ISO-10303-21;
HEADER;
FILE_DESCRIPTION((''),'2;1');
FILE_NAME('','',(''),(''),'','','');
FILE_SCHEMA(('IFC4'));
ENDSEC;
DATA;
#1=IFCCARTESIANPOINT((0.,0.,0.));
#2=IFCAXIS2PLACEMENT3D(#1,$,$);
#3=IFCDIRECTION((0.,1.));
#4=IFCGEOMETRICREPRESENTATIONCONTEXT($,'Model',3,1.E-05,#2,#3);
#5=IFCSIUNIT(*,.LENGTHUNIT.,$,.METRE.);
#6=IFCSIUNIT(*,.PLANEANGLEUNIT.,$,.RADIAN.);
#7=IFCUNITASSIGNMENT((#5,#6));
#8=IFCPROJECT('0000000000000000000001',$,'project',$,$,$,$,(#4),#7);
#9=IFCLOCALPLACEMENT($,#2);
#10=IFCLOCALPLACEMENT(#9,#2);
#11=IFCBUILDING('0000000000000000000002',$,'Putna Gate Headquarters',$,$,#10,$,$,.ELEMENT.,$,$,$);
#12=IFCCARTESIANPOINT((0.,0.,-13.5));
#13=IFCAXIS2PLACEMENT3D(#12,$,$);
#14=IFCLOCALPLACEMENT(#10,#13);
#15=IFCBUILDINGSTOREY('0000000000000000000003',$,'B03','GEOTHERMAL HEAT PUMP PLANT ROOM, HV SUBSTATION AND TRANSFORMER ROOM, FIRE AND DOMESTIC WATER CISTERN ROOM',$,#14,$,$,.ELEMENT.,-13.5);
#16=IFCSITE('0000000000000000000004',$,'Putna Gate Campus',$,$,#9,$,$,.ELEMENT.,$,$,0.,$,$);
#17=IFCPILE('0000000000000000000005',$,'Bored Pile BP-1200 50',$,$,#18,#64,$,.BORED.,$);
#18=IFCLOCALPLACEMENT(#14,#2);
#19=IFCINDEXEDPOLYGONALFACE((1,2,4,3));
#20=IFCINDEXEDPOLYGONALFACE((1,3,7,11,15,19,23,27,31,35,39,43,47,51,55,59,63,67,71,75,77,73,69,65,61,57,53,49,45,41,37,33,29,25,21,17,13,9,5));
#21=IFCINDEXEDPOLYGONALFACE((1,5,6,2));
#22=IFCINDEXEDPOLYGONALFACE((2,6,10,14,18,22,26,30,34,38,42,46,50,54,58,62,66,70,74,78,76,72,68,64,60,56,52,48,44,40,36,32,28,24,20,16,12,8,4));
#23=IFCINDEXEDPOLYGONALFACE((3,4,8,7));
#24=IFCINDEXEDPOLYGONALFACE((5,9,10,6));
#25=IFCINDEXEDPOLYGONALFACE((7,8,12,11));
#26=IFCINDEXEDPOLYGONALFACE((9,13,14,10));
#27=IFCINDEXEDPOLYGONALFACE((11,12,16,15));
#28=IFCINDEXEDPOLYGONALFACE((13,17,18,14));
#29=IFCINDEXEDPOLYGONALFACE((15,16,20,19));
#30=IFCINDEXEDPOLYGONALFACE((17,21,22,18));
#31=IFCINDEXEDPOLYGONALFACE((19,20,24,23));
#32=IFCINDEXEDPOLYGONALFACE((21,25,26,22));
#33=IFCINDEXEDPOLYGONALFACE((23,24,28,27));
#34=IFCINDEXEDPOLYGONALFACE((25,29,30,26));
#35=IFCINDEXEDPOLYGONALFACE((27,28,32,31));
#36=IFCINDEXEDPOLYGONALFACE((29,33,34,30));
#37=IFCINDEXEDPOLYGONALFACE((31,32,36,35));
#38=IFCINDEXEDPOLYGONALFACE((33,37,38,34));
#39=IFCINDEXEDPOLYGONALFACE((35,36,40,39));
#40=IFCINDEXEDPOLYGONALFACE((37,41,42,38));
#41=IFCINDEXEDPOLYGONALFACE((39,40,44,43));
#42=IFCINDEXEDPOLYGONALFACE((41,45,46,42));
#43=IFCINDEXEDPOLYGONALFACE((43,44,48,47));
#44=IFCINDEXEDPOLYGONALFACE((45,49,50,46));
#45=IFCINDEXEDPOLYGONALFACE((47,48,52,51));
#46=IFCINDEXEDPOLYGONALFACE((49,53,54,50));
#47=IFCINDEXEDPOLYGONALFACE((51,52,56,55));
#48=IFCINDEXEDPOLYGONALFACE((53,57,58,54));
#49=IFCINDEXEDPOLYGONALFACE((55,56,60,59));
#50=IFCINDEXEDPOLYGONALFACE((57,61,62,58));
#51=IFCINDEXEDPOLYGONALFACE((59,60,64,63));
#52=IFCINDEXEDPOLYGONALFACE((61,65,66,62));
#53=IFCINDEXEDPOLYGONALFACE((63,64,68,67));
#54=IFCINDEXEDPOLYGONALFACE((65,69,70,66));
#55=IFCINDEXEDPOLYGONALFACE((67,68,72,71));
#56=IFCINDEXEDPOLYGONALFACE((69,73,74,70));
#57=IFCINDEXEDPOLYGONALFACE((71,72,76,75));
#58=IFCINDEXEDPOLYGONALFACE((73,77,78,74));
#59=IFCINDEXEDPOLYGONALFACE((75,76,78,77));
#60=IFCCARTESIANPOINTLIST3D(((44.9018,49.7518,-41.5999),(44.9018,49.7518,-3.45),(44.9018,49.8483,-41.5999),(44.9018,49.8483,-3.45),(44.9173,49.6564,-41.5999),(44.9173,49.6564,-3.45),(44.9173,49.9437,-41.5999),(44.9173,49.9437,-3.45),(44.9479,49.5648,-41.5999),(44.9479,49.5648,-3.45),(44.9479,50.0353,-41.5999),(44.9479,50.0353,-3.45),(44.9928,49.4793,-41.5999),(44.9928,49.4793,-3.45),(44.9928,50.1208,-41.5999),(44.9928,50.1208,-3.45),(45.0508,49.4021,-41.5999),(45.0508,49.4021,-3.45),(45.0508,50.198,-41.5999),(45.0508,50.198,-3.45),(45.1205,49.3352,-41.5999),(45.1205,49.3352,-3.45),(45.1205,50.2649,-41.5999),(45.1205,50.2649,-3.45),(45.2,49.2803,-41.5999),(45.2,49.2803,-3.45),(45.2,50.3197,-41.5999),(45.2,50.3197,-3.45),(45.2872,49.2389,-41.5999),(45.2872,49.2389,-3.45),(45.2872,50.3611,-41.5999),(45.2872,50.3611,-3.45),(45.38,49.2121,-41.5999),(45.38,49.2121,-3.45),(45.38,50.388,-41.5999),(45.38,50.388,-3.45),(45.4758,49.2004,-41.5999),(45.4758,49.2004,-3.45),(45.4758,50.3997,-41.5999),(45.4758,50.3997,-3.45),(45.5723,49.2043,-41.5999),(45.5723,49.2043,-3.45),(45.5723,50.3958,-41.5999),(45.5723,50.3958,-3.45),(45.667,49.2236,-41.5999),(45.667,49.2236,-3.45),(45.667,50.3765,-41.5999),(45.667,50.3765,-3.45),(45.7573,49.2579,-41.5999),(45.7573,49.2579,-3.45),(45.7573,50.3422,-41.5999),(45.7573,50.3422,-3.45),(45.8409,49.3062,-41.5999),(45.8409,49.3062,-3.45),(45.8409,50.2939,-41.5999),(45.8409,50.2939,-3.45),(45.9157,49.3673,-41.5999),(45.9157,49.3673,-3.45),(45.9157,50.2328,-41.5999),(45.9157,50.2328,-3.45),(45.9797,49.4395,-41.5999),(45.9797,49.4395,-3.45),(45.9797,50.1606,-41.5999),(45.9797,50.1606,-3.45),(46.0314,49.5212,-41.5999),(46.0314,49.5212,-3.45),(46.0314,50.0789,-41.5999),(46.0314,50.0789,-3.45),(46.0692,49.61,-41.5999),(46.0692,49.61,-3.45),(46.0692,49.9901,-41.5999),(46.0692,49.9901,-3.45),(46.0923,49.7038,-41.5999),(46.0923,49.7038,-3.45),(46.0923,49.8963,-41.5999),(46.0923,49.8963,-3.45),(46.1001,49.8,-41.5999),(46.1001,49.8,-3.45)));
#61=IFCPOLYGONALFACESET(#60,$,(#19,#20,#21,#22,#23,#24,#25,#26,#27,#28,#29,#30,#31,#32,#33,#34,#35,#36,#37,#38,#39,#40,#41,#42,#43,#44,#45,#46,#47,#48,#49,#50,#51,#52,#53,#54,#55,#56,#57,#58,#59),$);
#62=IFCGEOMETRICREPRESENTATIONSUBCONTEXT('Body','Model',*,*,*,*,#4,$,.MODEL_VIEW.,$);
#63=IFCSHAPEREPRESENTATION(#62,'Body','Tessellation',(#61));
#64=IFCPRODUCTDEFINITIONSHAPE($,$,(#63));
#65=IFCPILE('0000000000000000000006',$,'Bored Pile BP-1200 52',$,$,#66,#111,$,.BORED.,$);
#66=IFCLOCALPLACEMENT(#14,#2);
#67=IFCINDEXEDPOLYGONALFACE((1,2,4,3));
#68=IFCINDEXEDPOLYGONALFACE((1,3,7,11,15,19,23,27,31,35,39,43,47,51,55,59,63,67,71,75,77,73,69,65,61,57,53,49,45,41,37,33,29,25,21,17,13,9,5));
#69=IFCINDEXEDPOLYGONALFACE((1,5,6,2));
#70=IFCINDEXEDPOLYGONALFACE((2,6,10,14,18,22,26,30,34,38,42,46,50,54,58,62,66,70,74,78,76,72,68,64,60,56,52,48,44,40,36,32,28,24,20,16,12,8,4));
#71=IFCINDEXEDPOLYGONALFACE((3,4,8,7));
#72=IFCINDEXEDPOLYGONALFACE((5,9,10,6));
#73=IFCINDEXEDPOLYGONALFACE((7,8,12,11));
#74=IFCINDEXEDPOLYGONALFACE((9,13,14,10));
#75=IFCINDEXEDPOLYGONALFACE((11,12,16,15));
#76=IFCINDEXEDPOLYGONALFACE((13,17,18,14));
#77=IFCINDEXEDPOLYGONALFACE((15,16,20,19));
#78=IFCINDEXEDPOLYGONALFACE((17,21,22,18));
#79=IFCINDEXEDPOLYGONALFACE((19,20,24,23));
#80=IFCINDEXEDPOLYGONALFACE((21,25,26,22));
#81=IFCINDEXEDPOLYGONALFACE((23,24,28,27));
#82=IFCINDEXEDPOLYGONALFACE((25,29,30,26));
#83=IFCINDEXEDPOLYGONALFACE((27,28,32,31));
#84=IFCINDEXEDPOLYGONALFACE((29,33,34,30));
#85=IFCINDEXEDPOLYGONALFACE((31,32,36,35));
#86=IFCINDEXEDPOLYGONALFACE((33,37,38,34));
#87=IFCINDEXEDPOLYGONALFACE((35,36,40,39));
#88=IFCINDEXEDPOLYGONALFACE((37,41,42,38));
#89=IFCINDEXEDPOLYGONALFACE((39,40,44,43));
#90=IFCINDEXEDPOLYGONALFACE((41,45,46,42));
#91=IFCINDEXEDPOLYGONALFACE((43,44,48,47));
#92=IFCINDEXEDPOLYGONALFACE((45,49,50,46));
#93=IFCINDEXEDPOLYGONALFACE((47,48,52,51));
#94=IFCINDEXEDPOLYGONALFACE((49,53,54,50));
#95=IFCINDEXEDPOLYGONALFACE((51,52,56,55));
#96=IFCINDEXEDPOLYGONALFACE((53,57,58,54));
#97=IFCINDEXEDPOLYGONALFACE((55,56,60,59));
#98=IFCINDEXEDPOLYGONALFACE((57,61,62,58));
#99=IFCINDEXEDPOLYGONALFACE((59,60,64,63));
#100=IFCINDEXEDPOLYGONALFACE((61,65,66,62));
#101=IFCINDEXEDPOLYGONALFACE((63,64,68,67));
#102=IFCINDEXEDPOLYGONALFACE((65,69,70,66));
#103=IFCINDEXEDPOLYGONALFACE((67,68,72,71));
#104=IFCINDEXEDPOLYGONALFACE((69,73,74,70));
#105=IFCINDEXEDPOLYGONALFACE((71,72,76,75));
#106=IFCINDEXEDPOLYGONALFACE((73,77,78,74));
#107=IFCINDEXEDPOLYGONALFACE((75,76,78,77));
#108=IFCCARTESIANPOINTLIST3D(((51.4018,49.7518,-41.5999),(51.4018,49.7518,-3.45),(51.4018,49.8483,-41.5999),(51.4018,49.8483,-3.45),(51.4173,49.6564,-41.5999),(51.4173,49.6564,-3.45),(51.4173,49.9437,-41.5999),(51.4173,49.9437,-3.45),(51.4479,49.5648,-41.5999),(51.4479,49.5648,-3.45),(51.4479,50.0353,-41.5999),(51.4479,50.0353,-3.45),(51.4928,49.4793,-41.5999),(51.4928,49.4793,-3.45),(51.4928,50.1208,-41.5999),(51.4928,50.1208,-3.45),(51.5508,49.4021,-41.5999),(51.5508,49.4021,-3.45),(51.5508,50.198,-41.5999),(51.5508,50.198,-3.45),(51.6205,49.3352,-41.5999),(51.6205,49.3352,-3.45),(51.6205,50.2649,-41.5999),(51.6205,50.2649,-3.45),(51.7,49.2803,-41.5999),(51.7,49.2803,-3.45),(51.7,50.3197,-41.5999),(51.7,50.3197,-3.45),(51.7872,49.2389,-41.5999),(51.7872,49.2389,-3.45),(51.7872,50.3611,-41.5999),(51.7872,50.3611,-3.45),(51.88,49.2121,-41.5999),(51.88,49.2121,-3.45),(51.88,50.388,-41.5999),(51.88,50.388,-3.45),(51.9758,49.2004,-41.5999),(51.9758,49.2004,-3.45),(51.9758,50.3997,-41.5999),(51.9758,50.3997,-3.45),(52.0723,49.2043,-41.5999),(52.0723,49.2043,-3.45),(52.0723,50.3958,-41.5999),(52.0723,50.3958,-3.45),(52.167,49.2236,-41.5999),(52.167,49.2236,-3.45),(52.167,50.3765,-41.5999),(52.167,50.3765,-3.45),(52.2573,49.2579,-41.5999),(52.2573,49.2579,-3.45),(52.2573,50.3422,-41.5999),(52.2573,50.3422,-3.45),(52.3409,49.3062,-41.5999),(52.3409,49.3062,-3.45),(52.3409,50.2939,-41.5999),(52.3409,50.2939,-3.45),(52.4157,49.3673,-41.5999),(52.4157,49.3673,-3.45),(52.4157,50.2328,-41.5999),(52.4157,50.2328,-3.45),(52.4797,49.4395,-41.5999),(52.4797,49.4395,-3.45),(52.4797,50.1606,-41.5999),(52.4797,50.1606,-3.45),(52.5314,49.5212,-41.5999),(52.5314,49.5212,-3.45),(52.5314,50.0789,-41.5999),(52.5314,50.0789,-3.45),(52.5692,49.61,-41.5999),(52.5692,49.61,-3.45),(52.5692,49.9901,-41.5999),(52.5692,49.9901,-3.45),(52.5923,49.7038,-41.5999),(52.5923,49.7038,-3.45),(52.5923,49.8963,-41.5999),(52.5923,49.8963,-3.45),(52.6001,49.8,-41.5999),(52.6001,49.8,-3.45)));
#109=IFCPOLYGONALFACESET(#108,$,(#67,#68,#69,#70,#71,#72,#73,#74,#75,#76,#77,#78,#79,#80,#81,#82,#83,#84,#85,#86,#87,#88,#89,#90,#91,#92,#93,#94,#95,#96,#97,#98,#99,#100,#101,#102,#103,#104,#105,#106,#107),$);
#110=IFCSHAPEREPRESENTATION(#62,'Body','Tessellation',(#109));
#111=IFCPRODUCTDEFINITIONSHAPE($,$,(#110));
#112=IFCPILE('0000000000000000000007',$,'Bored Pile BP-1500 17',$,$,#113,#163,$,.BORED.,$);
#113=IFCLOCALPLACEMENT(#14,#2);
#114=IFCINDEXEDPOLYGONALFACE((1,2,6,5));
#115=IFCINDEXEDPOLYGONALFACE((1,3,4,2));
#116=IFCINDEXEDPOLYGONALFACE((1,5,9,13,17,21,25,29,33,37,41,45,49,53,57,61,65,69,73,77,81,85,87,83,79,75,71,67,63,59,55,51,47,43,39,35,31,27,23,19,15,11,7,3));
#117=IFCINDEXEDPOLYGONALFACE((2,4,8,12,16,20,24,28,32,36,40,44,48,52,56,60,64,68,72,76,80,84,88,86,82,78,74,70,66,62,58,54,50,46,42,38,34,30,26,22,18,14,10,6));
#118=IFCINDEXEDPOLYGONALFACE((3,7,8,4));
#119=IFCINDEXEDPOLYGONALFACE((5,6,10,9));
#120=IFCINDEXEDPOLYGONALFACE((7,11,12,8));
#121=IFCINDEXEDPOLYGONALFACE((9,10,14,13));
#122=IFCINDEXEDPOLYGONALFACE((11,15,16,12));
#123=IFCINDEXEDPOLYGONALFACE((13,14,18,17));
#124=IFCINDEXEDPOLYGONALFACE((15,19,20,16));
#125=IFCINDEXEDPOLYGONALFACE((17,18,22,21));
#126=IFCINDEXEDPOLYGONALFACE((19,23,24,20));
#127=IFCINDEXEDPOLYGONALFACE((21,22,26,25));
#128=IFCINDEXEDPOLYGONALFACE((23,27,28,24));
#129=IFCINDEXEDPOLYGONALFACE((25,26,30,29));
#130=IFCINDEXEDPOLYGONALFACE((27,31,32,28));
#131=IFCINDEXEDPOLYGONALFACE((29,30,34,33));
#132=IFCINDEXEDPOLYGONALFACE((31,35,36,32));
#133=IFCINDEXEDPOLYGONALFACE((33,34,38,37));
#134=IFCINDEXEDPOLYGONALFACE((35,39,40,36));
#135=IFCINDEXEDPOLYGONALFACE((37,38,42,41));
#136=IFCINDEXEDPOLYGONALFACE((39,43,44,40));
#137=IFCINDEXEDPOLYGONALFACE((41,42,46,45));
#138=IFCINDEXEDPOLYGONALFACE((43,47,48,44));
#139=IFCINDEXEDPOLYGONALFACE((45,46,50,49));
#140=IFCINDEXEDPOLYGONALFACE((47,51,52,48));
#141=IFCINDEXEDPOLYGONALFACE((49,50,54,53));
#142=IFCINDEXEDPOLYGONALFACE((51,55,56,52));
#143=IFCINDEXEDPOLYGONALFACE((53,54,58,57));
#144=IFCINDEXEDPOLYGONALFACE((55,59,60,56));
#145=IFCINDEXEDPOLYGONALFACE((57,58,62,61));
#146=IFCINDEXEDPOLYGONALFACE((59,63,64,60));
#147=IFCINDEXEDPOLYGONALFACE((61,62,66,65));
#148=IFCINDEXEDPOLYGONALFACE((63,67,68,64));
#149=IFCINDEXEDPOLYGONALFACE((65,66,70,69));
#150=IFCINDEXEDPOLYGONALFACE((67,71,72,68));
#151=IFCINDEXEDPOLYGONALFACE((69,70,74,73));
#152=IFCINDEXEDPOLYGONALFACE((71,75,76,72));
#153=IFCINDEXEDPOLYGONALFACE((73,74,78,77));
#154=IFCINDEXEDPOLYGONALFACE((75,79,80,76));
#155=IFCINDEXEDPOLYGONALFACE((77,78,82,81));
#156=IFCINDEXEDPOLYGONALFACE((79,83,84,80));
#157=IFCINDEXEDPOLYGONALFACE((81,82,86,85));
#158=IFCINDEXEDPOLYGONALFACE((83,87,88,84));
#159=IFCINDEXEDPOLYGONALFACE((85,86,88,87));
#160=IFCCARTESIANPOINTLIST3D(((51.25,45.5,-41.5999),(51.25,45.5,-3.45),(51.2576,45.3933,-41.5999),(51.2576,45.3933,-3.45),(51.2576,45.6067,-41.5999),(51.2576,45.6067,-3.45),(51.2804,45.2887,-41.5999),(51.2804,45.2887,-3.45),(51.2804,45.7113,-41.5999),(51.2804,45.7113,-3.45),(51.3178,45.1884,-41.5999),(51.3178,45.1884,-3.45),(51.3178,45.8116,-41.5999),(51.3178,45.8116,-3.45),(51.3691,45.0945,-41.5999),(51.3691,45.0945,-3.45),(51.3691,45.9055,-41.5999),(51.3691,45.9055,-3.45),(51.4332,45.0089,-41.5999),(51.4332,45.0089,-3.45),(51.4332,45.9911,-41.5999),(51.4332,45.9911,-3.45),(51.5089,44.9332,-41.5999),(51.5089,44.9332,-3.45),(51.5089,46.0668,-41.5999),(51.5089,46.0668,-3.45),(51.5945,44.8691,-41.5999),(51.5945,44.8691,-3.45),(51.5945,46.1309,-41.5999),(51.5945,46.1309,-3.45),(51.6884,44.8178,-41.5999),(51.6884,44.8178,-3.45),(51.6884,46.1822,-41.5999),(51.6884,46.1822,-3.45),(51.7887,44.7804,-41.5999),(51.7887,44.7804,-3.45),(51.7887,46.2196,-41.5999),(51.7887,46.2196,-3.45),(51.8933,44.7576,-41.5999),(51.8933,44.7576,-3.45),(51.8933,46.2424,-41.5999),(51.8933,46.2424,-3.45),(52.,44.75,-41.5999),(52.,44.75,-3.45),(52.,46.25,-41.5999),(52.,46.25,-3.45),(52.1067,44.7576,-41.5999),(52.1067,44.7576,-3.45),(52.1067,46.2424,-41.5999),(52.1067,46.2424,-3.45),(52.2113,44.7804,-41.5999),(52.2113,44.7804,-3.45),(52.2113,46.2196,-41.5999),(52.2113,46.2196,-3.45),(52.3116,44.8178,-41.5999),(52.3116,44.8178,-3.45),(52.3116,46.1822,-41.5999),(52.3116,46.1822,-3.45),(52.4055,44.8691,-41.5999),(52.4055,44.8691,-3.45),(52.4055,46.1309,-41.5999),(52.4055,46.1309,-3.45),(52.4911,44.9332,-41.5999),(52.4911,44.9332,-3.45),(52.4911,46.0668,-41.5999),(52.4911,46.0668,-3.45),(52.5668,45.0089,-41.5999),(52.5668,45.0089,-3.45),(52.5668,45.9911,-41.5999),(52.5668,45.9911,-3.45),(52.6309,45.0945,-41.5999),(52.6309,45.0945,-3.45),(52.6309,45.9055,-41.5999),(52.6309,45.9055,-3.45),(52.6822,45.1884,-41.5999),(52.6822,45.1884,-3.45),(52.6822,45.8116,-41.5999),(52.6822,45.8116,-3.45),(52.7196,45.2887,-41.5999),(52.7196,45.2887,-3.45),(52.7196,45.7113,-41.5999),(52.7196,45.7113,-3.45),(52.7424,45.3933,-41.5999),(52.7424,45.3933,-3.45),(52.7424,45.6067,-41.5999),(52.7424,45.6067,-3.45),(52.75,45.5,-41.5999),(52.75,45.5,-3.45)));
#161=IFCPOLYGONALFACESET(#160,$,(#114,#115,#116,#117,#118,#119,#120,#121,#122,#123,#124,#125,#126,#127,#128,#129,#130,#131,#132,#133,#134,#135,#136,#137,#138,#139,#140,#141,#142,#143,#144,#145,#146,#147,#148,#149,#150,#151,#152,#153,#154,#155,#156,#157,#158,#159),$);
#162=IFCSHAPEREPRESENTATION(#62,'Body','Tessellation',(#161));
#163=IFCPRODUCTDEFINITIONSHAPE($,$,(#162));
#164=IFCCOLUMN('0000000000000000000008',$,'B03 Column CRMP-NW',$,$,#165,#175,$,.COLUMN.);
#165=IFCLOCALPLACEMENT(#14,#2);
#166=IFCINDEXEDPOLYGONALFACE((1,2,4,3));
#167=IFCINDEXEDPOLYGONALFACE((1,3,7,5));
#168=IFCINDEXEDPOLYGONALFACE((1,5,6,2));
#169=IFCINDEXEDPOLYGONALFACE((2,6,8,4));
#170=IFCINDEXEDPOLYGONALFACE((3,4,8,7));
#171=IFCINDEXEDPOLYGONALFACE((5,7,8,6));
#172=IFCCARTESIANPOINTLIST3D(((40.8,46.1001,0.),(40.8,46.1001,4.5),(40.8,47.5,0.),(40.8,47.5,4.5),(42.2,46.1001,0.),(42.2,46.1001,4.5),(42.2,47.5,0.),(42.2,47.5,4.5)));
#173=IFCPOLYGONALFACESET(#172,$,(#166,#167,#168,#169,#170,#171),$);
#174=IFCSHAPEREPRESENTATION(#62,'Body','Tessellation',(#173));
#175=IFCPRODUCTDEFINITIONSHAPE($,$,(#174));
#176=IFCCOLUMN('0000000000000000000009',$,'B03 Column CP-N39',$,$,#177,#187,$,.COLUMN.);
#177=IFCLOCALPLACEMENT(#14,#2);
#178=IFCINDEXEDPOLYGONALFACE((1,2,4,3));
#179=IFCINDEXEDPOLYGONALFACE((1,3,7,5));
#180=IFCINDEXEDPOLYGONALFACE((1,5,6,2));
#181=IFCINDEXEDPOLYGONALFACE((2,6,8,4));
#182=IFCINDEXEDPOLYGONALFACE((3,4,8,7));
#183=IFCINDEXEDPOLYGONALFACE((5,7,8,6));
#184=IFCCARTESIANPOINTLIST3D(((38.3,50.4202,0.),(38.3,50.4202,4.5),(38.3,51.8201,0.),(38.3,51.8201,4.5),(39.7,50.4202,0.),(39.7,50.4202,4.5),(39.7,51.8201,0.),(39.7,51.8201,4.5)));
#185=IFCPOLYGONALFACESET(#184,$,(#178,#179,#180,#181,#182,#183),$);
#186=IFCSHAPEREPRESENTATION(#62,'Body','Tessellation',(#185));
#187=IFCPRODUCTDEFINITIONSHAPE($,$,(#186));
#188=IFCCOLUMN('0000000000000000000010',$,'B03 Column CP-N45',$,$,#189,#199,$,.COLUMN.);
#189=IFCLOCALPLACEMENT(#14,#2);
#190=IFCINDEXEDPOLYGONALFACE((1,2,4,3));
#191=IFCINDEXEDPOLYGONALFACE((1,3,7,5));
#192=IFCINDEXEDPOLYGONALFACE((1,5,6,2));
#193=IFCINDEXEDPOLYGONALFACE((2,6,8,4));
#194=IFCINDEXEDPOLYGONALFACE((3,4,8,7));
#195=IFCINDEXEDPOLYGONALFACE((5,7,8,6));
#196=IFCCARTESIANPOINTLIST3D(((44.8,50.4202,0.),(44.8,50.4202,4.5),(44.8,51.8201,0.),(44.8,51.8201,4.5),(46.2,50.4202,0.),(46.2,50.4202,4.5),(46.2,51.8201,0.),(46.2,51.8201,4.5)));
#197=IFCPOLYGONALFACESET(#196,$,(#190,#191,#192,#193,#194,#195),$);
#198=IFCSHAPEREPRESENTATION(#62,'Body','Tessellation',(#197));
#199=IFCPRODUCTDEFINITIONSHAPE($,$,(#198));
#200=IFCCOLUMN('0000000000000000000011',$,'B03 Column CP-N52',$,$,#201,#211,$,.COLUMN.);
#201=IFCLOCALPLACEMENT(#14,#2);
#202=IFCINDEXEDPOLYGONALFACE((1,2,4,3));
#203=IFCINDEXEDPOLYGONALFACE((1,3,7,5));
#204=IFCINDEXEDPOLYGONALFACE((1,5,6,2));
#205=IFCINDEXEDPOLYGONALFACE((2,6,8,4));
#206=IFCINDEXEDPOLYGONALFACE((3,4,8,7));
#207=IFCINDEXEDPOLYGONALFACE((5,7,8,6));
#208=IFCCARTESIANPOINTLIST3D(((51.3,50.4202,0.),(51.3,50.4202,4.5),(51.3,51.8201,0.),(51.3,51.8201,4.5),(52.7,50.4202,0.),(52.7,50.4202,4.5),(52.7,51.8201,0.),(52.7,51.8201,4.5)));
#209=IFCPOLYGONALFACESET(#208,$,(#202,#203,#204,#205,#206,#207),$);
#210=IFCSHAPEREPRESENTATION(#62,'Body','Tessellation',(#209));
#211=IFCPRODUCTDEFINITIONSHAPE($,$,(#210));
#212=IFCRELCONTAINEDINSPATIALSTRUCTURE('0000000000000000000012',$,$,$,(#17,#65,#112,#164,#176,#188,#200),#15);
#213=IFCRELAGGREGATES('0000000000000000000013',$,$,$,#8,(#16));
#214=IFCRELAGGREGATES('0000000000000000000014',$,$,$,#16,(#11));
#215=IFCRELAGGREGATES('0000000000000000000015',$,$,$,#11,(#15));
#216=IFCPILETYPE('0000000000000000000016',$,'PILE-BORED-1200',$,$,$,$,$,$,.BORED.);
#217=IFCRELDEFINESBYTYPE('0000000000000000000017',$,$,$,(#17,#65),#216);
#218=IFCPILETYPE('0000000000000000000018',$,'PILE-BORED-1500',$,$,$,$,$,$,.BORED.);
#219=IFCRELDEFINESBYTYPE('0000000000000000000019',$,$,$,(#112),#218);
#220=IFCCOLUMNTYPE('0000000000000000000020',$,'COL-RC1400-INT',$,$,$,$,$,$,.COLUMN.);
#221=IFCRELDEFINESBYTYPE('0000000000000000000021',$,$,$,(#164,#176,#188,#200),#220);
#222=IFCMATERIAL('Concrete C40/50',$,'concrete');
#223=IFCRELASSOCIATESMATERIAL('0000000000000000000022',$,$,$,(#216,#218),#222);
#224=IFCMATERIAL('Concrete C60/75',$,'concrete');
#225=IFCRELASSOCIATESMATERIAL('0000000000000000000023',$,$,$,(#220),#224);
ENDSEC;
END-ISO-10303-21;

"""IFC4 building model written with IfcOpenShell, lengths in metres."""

from ifc_helpers import new_model, si_unit, direction, frame, origin, origin_2d, place, context, subcontext, project, spatial, rectangle, circle, extrude, material, material_profile, profile_set, type_object, element, save


model = new_model("IFC4")

# Units and contexts
model_context = context("Model", 3, precision=1e-05, world=origin(), true_north=direction((0.0, 1.0)))
body_context = subcontext(model_context, "Body", "Model", "MODEL_VIEW")
ifc_project = project(units=[si_unit("LENGTHUNIT", "METRE"), si_unit("PLANEANGLEUNIT", "RADIAN")], contexts=[model_context])

# Site, building, storey
site_placement = place(None, origin())
site = spatial("IfcSite", under=ifc_project, at=site_placement, Name="Putna Gate Campus", CompositionType="ELEMENT", RefElevation=0.0)
building_placement = place(site_placement, origin())
building = spatial("IfcBuilding", under=site, at=building_placement, Name="Putna Gate Headquarters", CompositionType="ELEMENT")
storey_placement = place(building_placement, frame((0.0, 0.0, -13.5)))
storey = spatial("IfcBuildingStorey", under=building, at=storey_placement, Name="B03", Description="GEOTHERMAL HEAT PUMP PLANT ROOM, HV SUBSTATION AND TRANSFORMER ROOM, FIRE AND DOMESTIC WATER CISTERN ROOM", CompositionType="ELEMENT", Elevation=-13.5)

# Shared definitions
ifc_material_1 = material(Name="Concrete C40/50", Category="concrete")

# Piles
ifc_material_profile_1 = material_profile(ifc_material_1, circle(Radius=0.6001, at=origin_2d()), Name="Concrete C40/50")
ifc_profile_set_1 = profile_set([ifc_material_profile_1], Name="Concrete C40/50")
pile_type_1 = type_object("IfcPileType", Name="PILE-BORED-1200", PredefinedType="BORED", material=ifc_profile_set_1)
for number, where, z_axis, x_axis, name in (
    (1, (45.5, 49.8, -3.45), (0.0, 0.0, -1.0), (1.0, 0.0, 0.0), "Bored Pile BP-1200 50"),
    (2, (52.0, 49.8, -3.45), (0.0, 0.0, -1.0), (1.0, 0.0, 0.0), "Bored Pile BP-1200 52"),
):
    element("IfcPile", number, at=place(storey_placement, frame(where, z_axis=z_axis, x_axis=x_axis)), inside=storey, type_object=pile_type_1, Name=name, PredefinedType="BORED", context=body_context, shape_type="SweptSolid", body=[
        extrude(circle(Radius=0.6001, at=origin_2d()), origin(), (0.0, 0.0, 1.0), 38.1499),
    ])
ifc_material_profile_2 = material_profile(ifc_material_1, circle(Radius=0.75, at=origin_2d()), Name="Concrete C40/50")
ifc_profile_set_2 = profile_set([ifc_material_profile_2], Name="Concrete C40/50")
pile_type_2 = type_object("IfcPileType", Name="PILE-BORED-1500", PredefinedType="BORED", material=ifc_profile_set_2)
pile_placement = place(storey_placement, frame((52.0, 45.5, -3.45), z_axis=(0.0, 0.0, -1.0), x_axis=(1.0, 0.0, 0.0)))
element("IfcPile", 3, at=pile_placement, inside=storey, type_object=pile_type_2, Name="Bored Pile BP-1500 17", PredefinedType="BORED", context=body_context, shape_type="SweptSolid", body=[
    extrude(circle(Radius=0.75, at=origin_2d()), origin(), (0.0, 0.0, 1.0), 38.1499),
])

# Columns
ifc_material_2 = material(Name="Concrete C60/75", Category="concrete")
ifc_material_profile_3 = material_profile(ifc_material_2, rectangle(XDim=1.3999, YDim=1.3999, at=origin_2d()), Name="Concrete C60/75")
ifc_profile_set_3 = profile_set([ifc_material_profile_3], Name="Concrete C60/75")
column_type = type_object("IfcColumnType", Name="COL-RC1400-INT", PredefinedType="COLUMN", material=ifc_profile_set_3)
for number, where, z_axis, x_axis, name in (
    (4, (41.5, 46.8, 0.0), (0.0, 0.0, 1.0), (1.0, 0.0, 0.0), "B03 Column CRMP-NW"),
    (5, (39.0, 51.1201, 0.0), (0.0, 0.0, 1.0), (1.0, 0.0, 0.0), "B03 Column CP-N39"),
    (6, (45.5, 51.1201, 0.0), (0.0, 0.0, 1.0), (1.0, 0.0, 0.0), "B03 Column CP-N45"),
    (7, (52.0, 51.1201, 0.0), (0.0, 0.0, 1.0), (1.0, 0.0, 0.0), "B03 Column CP-N52"),
):
    element("IfcColumn", number, at=place(storey_placement, frame(where, z_axis=z_axis, x_axis=x_axis)), inside=storey, type_object=column_type, Name=name, PredefinedType="COLUMN", context=body_context, shape_type="SweptSolid", body=[
        extrude(rectangle(XDim=1.3999, YDim=1.3999, at=origin_2d()), origin(), (0.0, 0.0, 1.0), 4.5),
    ])

save(model, "model.ifc")
